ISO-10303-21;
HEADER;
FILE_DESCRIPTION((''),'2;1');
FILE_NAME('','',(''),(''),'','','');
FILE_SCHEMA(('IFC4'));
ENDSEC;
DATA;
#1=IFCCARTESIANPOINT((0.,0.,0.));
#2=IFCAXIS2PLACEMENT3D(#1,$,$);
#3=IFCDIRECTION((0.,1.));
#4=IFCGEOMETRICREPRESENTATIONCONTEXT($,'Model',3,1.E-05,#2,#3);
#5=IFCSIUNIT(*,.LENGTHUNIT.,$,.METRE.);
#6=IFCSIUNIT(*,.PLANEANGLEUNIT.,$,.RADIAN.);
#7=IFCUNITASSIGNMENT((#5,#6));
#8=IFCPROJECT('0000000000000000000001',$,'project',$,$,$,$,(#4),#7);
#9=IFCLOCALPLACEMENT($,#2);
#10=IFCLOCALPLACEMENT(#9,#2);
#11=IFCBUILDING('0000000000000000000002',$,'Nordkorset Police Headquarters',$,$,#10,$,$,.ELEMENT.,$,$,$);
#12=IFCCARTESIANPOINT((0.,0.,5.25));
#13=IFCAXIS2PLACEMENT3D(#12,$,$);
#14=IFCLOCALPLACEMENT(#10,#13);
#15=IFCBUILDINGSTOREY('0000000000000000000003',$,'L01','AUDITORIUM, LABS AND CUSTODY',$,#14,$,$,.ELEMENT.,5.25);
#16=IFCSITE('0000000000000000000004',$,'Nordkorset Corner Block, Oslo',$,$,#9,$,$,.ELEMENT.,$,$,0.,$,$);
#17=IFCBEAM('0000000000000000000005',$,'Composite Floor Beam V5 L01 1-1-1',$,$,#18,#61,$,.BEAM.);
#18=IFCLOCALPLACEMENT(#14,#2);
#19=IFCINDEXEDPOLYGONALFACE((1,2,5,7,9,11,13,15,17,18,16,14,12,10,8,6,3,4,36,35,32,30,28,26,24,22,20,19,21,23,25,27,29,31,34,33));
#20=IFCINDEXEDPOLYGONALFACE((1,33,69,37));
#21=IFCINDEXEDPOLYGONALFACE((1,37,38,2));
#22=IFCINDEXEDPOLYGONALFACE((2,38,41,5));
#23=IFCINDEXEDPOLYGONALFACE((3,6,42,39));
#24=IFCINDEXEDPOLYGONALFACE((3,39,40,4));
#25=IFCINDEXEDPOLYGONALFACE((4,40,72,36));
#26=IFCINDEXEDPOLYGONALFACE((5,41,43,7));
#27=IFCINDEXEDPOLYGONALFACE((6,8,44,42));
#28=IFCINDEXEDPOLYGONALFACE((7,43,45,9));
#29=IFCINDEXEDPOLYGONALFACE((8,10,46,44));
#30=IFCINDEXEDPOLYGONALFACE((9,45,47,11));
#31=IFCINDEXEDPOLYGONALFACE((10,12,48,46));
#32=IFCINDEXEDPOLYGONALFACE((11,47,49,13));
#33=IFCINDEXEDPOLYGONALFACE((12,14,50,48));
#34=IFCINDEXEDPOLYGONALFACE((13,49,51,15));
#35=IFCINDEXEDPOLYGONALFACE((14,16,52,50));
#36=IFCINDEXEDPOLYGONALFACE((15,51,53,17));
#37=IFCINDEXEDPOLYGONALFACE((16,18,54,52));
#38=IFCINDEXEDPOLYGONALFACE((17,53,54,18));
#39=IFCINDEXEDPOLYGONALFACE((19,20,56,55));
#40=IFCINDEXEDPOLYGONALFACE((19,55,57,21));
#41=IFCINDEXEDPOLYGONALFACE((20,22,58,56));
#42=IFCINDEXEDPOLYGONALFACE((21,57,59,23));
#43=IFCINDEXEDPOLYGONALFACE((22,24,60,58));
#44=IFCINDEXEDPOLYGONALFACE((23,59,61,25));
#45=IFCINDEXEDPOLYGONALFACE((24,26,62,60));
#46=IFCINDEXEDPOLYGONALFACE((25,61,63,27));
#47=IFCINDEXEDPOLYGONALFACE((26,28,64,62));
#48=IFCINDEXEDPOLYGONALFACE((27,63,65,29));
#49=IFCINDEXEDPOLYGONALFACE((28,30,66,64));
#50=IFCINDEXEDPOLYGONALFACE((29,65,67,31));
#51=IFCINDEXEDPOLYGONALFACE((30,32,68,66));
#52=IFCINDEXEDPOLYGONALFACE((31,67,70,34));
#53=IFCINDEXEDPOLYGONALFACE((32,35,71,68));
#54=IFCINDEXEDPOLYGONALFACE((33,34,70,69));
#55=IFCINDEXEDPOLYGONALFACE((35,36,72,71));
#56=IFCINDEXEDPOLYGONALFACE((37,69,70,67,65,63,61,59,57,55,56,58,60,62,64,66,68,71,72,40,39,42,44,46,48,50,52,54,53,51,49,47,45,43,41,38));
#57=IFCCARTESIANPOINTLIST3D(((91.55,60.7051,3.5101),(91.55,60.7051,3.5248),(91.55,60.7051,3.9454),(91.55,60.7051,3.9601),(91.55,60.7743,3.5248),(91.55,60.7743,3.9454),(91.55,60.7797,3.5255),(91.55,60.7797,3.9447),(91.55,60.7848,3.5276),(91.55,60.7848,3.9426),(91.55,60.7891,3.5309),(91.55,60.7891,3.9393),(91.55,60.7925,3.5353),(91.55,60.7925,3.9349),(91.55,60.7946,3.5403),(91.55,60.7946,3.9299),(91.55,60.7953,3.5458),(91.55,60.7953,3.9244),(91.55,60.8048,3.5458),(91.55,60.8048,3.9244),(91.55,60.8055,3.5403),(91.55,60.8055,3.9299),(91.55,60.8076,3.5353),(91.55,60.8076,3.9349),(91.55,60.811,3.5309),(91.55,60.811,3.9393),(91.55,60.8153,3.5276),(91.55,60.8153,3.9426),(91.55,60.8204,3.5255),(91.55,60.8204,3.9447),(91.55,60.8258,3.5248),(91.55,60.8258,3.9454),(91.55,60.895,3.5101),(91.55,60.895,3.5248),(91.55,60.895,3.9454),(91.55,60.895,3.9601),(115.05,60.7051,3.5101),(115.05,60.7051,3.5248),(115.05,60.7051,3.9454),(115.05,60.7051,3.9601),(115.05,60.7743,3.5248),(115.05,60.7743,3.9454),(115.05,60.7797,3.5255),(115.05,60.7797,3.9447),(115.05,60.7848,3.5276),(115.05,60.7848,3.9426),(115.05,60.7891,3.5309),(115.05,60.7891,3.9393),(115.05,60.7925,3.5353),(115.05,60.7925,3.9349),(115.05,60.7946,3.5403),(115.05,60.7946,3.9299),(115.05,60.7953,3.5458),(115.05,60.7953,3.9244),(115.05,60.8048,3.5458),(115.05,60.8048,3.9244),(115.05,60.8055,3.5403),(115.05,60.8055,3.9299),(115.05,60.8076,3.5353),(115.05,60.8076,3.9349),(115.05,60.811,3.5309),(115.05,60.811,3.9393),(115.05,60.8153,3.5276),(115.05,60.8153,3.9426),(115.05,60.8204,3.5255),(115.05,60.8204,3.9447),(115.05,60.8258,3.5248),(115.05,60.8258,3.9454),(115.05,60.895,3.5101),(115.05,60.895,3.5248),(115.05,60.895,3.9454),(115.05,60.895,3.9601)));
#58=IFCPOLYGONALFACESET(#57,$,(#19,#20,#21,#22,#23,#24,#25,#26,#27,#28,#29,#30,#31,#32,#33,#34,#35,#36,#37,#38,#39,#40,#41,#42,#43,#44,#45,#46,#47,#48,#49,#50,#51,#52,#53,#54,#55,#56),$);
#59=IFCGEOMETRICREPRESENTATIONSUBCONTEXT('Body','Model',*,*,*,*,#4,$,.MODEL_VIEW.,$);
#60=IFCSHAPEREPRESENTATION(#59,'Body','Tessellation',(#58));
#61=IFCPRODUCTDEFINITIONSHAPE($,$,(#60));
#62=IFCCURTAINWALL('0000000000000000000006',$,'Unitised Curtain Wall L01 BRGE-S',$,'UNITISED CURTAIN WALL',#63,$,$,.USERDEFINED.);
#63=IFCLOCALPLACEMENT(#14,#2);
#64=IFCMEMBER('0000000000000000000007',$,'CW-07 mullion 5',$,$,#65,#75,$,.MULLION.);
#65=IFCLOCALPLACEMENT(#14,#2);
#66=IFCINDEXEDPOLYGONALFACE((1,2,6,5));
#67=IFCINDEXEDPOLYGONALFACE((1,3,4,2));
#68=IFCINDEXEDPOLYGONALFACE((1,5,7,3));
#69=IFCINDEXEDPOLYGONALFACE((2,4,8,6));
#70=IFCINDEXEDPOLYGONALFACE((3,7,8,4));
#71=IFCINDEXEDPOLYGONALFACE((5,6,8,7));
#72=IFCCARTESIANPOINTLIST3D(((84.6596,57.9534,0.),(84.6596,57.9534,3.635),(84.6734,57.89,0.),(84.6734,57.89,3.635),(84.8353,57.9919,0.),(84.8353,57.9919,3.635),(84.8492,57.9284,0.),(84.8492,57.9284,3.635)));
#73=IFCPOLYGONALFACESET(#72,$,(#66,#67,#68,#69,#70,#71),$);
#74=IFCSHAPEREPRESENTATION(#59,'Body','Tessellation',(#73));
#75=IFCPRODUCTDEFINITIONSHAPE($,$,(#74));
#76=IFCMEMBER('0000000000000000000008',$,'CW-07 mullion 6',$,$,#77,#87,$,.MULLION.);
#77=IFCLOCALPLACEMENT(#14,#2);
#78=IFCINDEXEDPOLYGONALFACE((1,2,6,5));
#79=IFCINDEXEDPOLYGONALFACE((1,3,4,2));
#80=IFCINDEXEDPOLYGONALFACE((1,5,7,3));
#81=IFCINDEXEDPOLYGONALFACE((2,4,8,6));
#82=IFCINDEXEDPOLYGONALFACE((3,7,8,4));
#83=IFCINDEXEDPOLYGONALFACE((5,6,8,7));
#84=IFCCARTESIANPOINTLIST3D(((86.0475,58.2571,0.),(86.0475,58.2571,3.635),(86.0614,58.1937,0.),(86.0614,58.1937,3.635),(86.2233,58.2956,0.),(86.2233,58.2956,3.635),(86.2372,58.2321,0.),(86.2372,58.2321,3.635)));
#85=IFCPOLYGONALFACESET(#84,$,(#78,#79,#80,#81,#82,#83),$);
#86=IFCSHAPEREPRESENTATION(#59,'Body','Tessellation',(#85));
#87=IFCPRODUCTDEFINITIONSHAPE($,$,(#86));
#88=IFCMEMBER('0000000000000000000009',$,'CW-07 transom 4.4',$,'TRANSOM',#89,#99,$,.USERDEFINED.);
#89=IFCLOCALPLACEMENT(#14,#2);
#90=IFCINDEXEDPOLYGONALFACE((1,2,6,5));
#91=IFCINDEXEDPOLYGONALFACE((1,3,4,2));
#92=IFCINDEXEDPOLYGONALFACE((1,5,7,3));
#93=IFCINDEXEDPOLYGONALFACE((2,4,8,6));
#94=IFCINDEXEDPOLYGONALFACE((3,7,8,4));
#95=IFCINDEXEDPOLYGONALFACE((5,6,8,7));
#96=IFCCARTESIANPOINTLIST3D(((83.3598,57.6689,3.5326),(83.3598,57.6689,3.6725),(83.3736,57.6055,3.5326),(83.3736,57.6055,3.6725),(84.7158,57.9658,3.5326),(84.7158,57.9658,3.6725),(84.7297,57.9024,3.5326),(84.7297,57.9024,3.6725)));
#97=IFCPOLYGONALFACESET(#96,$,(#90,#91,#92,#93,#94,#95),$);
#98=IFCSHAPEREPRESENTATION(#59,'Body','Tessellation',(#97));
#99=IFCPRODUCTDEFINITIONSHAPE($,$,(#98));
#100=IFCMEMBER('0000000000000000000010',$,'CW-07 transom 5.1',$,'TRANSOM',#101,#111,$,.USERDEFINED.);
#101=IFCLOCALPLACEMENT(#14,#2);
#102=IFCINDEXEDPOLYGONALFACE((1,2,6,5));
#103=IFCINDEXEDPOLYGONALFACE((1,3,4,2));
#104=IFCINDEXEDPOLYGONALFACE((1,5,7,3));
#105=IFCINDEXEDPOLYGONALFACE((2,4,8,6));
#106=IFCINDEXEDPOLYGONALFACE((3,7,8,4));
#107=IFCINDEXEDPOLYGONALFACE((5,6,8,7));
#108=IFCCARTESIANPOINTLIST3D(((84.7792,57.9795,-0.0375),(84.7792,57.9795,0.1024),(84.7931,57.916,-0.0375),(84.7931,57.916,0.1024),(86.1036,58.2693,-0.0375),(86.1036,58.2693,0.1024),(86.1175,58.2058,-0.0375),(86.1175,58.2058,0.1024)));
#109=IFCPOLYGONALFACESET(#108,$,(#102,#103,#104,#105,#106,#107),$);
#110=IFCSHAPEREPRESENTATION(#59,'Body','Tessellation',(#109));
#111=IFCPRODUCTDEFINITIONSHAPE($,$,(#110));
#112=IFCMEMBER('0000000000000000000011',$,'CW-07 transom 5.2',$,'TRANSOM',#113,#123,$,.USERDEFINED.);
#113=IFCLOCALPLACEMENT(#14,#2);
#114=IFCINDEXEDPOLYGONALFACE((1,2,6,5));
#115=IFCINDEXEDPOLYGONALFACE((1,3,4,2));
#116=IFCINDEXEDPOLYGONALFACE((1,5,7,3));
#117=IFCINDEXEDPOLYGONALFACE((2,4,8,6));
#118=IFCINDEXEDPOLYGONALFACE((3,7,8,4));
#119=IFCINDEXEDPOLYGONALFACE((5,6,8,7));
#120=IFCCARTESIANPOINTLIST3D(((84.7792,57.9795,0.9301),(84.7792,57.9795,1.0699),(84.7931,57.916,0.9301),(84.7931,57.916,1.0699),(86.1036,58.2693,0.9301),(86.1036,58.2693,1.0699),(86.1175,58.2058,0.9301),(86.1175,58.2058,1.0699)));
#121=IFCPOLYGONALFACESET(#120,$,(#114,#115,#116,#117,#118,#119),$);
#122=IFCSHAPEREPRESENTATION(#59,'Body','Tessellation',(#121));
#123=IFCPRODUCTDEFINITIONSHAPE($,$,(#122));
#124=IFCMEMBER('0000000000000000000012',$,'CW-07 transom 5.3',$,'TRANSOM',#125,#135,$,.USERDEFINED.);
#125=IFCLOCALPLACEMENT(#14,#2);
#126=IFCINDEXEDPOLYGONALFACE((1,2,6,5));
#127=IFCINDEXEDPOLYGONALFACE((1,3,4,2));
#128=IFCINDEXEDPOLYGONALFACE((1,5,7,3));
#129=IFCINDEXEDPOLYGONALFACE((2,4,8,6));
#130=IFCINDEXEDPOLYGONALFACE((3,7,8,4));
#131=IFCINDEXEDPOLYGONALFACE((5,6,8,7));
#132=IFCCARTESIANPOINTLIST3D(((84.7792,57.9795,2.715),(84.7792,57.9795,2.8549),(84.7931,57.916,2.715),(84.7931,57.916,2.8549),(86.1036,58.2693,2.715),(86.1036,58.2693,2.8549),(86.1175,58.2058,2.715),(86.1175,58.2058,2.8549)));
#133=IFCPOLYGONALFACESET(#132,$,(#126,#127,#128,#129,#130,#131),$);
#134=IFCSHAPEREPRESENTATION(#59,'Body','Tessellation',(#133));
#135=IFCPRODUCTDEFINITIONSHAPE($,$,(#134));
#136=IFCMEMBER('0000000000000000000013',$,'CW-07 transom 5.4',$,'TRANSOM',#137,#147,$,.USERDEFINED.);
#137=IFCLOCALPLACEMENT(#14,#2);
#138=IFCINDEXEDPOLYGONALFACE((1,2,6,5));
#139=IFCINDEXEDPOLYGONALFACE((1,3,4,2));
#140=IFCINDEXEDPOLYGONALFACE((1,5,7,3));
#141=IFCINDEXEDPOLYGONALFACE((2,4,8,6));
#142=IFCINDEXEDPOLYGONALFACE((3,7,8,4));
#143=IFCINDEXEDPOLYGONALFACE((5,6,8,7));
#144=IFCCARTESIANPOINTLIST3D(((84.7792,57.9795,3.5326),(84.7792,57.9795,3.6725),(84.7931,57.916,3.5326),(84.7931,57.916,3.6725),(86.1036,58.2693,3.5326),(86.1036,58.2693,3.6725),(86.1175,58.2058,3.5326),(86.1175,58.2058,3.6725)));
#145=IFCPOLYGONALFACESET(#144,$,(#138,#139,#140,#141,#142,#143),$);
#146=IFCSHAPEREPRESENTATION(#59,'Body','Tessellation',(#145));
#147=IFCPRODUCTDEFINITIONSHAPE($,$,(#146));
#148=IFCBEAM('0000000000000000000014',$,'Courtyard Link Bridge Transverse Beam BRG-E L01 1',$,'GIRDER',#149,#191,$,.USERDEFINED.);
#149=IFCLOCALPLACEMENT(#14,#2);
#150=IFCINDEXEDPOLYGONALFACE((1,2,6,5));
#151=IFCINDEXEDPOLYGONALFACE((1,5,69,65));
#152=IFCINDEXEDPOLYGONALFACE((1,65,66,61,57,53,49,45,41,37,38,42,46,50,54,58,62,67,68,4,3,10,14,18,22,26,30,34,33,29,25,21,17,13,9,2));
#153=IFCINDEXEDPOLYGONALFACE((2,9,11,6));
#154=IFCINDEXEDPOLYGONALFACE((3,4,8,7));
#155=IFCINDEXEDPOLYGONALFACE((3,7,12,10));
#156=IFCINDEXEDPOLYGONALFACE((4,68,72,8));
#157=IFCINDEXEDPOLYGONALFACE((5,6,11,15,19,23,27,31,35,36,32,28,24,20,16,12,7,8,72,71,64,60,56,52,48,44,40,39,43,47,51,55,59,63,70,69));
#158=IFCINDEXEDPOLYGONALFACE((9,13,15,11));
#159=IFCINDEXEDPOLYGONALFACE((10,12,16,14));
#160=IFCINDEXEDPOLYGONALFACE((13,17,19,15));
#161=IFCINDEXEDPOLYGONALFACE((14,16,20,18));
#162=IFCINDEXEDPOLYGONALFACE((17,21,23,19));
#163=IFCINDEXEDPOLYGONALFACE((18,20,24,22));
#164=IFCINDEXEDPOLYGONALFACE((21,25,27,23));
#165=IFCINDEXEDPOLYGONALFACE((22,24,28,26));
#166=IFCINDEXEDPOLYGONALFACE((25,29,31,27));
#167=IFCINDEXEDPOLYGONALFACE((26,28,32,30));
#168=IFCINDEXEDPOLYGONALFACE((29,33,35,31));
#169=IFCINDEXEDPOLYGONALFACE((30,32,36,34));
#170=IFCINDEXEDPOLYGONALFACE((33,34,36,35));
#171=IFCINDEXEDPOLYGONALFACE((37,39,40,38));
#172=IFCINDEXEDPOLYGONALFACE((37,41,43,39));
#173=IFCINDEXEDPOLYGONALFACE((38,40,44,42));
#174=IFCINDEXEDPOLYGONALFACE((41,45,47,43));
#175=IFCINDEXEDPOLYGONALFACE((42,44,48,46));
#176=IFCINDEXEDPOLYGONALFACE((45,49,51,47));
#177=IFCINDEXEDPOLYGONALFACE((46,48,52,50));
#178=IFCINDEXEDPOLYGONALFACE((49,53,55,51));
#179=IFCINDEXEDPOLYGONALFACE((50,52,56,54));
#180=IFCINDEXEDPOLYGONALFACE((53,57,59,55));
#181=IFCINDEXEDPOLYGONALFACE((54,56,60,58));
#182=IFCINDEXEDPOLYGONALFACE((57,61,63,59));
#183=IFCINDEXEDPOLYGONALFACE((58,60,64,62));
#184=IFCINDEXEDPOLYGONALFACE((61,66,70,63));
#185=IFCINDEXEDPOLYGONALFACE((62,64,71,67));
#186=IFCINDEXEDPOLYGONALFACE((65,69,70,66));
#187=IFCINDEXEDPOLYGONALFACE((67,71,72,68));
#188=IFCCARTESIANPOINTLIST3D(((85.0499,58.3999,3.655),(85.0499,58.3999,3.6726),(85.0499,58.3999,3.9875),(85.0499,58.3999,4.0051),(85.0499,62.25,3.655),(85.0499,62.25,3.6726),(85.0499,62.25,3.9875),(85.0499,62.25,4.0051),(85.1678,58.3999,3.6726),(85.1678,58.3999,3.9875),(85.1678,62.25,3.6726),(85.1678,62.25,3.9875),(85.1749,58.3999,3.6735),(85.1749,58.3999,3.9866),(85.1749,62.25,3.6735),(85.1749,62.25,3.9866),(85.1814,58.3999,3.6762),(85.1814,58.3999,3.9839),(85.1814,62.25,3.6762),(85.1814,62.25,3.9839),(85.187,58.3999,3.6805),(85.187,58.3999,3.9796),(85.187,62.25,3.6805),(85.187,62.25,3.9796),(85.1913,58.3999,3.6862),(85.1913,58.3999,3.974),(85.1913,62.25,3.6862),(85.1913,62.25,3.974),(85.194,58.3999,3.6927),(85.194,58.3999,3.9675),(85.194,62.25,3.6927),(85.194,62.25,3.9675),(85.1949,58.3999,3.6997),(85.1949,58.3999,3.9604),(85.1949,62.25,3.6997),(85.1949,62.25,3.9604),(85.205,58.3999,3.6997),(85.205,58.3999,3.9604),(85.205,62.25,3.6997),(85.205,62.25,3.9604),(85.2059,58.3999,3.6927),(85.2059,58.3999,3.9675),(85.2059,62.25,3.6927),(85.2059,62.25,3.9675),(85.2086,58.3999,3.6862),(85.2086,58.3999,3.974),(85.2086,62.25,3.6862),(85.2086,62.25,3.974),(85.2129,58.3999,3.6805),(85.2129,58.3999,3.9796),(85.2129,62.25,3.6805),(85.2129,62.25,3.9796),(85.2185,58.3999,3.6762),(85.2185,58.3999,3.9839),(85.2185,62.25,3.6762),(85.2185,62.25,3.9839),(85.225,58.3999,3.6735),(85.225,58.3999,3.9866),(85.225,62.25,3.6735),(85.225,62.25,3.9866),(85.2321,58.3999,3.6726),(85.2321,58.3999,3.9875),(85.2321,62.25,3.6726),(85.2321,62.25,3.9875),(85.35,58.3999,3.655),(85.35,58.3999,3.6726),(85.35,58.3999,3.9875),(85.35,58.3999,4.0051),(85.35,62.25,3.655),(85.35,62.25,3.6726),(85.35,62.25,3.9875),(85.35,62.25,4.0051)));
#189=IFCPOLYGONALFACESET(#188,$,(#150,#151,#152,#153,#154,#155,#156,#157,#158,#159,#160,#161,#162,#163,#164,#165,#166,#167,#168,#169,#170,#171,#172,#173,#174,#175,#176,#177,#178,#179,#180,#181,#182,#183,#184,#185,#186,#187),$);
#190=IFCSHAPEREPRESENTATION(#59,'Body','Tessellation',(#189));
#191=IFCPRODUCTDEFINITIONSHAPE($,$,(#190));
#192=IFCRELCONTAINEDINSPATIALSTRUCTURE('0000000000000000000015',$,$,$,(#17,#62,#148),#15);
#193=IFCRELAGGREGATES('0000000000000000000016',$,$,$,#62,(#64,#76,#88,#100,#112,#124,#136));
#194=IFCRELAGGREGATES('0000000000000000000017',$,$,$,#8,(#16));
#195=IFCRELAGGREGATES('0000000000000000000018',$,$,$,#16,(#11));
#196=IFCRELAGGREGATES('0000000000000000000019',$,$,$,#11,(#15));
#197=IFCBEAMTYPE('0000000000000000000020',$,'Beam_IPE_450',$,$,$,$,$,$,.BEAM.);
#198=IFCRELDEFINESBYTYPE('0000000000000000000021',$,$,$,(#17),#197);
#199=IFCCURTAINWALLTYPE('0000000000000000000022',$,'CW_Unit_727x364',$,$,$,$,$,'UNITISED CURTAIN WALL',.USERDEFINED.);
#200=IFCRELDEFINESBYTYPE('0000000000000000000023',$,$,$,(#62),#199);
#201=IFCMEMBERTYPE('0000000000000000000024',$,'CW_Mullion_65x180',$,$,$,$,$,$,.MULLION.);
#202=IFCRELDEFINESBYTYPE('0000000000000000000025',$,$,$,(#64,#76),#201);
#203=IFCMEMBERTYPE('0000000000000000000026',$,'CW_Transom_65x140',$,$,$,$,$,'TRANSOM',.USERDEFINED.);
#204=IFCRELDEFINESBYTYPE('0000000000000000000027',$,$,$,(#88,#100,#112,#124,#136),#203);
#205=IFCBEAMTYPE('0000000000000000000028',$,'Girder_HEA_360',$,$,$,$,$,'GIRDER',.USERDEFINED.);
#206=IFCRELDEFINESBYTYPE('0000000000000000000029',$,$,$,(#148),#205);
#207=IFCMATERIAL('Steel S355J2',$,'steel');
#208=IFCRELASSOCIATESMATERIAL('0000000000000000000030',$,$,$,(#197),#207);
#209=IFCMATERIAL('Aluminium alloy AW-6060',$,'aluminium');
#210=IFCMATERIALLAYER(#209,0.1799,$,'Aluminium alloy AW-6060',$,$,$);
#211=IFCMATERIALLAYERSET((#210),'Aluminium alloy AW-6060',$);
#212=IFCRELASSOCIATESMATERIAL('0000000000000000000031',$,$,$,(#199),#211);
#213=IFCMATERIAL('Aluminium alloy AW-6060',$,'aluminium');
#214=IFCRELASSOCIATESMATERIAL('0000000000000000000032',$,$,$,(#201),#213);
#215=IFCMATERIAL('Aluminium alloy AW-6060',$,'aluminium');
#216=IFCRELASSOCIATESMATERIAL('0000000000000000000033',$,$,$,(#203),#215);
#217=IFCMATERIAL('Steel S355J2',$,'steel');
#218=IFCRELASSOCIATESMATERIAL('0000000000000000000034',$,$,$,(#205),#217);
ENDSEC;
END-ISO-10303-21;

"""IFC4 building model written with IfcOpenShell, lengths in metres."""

from ifc_helpers import new_model, si_unit, direction, frame, origin, origin_2d, place, context, subcontext, project, spatial, rectangle, i_section, extrude, material, layer, layer_set, material_profile, profile_set, type_object, element, aggregate, save


model = new_model("IFC4")

# Units and contexts
model_context = context("Model", 3, precision=1e-05, world=origin(), true_north=direction((0.0, 1.0)))
body_context = subcontext(model_context, "Body", "Model", "MODEL_VIEW")
ifc_project = project(units=[si_unit("LENGTHUNIT", "METRE"), si_unit("PLANEANGLEUNIT", "RADIAN")], contexts=[model_context])

# Site, building, storey
site_placement = place(None, origin())
site = spatial("IfcSite", under=ifc_project, at=site_placement, Name="Nordkorset Corner Block, Oslo", CompositionType="ELEMENT", RefElevation=0.0)
building_placement = place(site_placement, origin())
building = spatial("IfcBuilding", under=site, at=building_placement, Name="Nordkorset Police Headquarters", CompositionType="ELEMENT")
storey_placement = place(building_placement, frame((0.0, 0.0, 5.25)))
storey = spatial("IfcBuildingStorey", under=building, at=storey_placement, Name="L01", Description="AUDITORIUM, LABS AND CUSTODY", CompositionType="ELEMENT", Elevation=5.25)

# Beam
ifc_material_1 = material(Name="Steel S355J2", Category="steel")
ifc_material_profile_1 = material_profile(ifc_material_1, i_section(OverallWidth=0.1899, OverallDepth=0.45, WebThickness=0.0095, FlangeThickness=0.0146, FilletRadius=0.021, at=origin_2d()), Name="IPE 450")
ifc_profile_set_1 = profile_set([ifc_material_profile_1], Name="Steel S355J2")
beam_type_1 = type_object("IfcBeamType", Name="Beam_IPE_450", PredefinedType="BEAM", material=ifc_profile_set_1)
beam_1_placement = place(storey_placement, frame((91.55, 60.8, 3.7351), z_axis=(1.0, 0.0, 0.0), x_axis=(0.0, 1.0, 0.0)))
element("IfcBeam", 1, at=beam_1_placement, inside=storey, type_object=beam_type_1, Name="Composite Floor Beam V5 L01 1-1-1", PredefinedType="BEAM", context=body_context, shape_type="SweptSolid", body=[
    extrude(i_section(OverallWidth=0.1899, OverallDepth=0.45, WebThickness=0.0095, FlangeThickness=0.0146, FilletRadius=0.021, at=origin_2d()), origin(), (0.0, 0.0, 1.0), 23.5),
])

# Curtain wall, members
ifc_material_2 = material(Name="Aluminium alloy AW-6060", Category="aluminium")
ifc_layer_1 = layer(ifc_material_2, 0.1799, Name="Aluminium alloy AW-6060")
ifc_layer_set_1 = layer_set([ifc_layer_1], Name="Aluminium alloy AW-6060")
curtain_wall_type = type_object("IfcCurtainWallType", Name="CW_Unit_727x364", ElementType="UNITISED CURTAIN WALL", PredefinedType="USERDEFINED", material=ifc_layer_set_1)
curtain_wall_placement = place(storey_placement, origin())
curtain_wall = element("IfcCurtainWall", 2, at=curtain_wall_placement, inside=storey, type_object=curtain_wall_type, Name="Unitised Curtain Wall L01 BRGE-S", ObjectType="UNITISED CURTAIN WALL", PredefinedType="USERDEFINED")
ifc_material_3 = material(Name="Aluminium alloy AW-6060", Category="aluminium")
ifc_material_profile_2 = material_profile(ifc_material_3, rectangle(XDim=0.0649, YDim=0.1799, at=origin_2d()), Name="ALU MULL 65x180")
ifc_profile_set_2 = profile_set([ifc_material_profile_2], Name="Aluminium alloy AW-6060")
member_type_1 = type_object("IfcMemberType", Name="CW_Mullion_65x180", PredefinedType="MULLION", material=ifc_profile_set_2)
member_1_placement = place(storey_placement, frame((84.7544, 57.9409, 0.0), z_axis=(0.0, 0.0, 1.0), x_axis=(-0.213737, 0.976891, 0.0)))
member_1 = element("IfcMember", 3, at=member_1_placement, type_object=member_type_1, Name="CW-07 mullion 5", PredefinedType="MULLION", context=body_context, shape_type="SweptSolid", body=[
    extrude(rectangle(XDim=0.0649, YDim=0.1799, at=origin_2d()), origin(), (0.0, 0.0, 1.0), 3.635),
])
member_2_placement = place(storey_placement, frame((86.1423, 58.2446, 0.0), z_axis=(0.0, 0.0, 1.0), x_axis=(-0.213737, 0.976891, 0.0)))
member_2 = element("IfcMember", 4, at=member_2_placement, type_object=member_type_1, Name="CW-07 mullion 6", PredefinedType="MULLION", context=body_context, shape_type="SweptSolid", body=[
    extrude(rectangle(XDim=0.0649, YDim=0.1799, at=origin_2d()), origin(), (0.0, 0.0, 1.0), 3.635),
])
ifc_material_4 = material(Name="Aluminium alloy AW-6060", Category="aluminium")
ifc_material_profile_3 = material_profile(ifc_material_4, rectangle(XDim=0.0649, YDim=0.1399, at=origin_2d()), Name="ALU TRAN 65x140")
ifc_profile_set_3 = profile_set([ifc_material_profile_3], Name="Aluminium alloy AW-6060")
member_type_2 = type_object("IfcMemberType", Name="CW_Transom_65x140", ElementType="TRANSOM", PredefinedType="USERDEFINED", material=ifc_profile_set_3)
member_3_placement = place(storey_placement, frame((83.3667, 57.6372, 3.6025), z_axis=(0.976861, 0.213875, 0.0), x_axis=(-0.213875, 0.976861, 0.0)))
member_3 = element("IfcMember", 5, at=member_3_placement, type_object=member_type_2, Name="CW-07 transom 4.4", ObjectType="TRANSOM", PredefinedType="USERDEFINED", context=body_context, shape_type="SweptSolid", body=[
    extrude(rectangle(XDim=0.0649, YDim=0.1399, at=origin_2d()), origin(), (0.0, 0.0, 1.0), 1.3882),
])
member_4_placement = place(storey_placement, frame((84.7861, 57.9478, 0.0325), z_axis=(0.976889, 0.213745, 0.0), x_axis=(-0.213745, 0.976889, 0.0)))
member_4 = element("IfcMember", 6, at=member_4_placement, type_object=member_type_2, Name="CW-07 transom 5.1", ObjectType="TRANSOM", PredefinedType="USERDEFINED", context=body_context, shape_type="SweptSolid", body=[
    extrude(rectangle(XDim=0.0649, YDim=0.1399, at=origin_2d()), origin(), (0.0, 0.0, 1.0), 1.3557),
])
member_5_placement = place(storey_placement, frame((84.7861, 57.9478, 1.0), z_axis=(0.976889, 0.213745, 0.0), x_axis=(-0.213745, 0.976889, 0.0)))
member_5 = element("IfcMember", 7, at=member_5_placement, type_object=member_type_2, Name="CW-07 transom 5.2", ObjectType="TRANSOM", PredefinedType="USERDEFINED", context=body_context, shape_type="SweptSolid", body=[
    extrude(rectangle(XDim=0.0649, YDim=0.1399, at=origin_2d()), origin(), (0.0, 0.0, 1.0), 1.3557),
])
member_6_placement = place(storey_placement, frame((84.7861, 57.9478, 2.7849), z_axis=(0.976889, 0.213745, 0.0), x_axis=(-0.213745, 0.976889, 0.0)))
member_6 = element("IfcMember", 8, at=member_6_placement, type_object=member_type_2, Name="CW-07 transom 5.3", ObjectType="TRANSOM", PredefinedType="USERDEFINED", context=body_context, shape_type="SweptSolid", body=[
    extrude(rectangle(XDim=0.0649, YDim=0.1399, at=origin_2d()), origin(), (0.0, 0.0, 1.0), 1.3557),
])
member_7_placement = place(storey_placement, frame((84.7861, 57.9478, 3.6025), z_axis=(0.976889, 0.213745, 0.0), x_axis=(-0.213745, 0.976889, 0.0)))
member_7 = element("IfcMember", 9, at=member_7_placement, type_object=member_type_2, Name="CW-07 transom 5.4", ObjectType="TRANSOM", PredefinedType="USERDEFINED", context=body_context, shape_type="SweptSolid", body=[
    extrude(rectangle(XDim=0.0649, YDim=0.1399, at=origin_2d()), origin(), (0.0, 0.0, 1.0), 1.3557),
])

# Beam
ifc_material_5 = material(Name="Steel S355J2", Category="steel")
ifc_material_profile_4 = material_profile(ifc_material_5, i_section(OverallWidth=0.3, OverallDepth=0.3501, WebThickness=0.01, FlangeThickness=0.0176, FilletRadius=0.0271, at=origin_2d()), Name="HEA 360")
ifc_profile_set_4 = profile_set([ifc_material_profile_4], Name="Steel S355J2")
beam_type_2 = type_object("IfcBeamType", Name="Girder_HEA_360", ElementType="GIRDER", PredefinedType="USERDEFINED", material=ifc_profile_set_4)
beam_2_placement = place(storey_placement, frame((85.2, 58.3999, 3.8301), z_axis=(0.0, 1.0, 0.0), x_axis=(-1.0, 0.0, 0.0)))
element("IfcBeam", 10, at=beam_2_placement, inside=storey, type_object=beam_type_2, Name="Courtyard Link Bridge Transverse Beam BRG-E L01 1", ObjectType="GIRDER", PredefinedType="USERDEFINED", context=body_context, shape_type="SweptSolid", body=[
    extrude(i_section(OverallWidth=0.3, OverallDepth=0.3501, WebThickness=0.01, FlangeThickness=0.0176, FilletRadius=0.0271, at=origin_2d()), origin(), (0.0, 0.0, 1.0), 3.8501),
])

aggregate(curtain_wall, [member_1, member_2, member_3, member_4, member_5, member_6, member_7])

save(model, "model.ifc")
